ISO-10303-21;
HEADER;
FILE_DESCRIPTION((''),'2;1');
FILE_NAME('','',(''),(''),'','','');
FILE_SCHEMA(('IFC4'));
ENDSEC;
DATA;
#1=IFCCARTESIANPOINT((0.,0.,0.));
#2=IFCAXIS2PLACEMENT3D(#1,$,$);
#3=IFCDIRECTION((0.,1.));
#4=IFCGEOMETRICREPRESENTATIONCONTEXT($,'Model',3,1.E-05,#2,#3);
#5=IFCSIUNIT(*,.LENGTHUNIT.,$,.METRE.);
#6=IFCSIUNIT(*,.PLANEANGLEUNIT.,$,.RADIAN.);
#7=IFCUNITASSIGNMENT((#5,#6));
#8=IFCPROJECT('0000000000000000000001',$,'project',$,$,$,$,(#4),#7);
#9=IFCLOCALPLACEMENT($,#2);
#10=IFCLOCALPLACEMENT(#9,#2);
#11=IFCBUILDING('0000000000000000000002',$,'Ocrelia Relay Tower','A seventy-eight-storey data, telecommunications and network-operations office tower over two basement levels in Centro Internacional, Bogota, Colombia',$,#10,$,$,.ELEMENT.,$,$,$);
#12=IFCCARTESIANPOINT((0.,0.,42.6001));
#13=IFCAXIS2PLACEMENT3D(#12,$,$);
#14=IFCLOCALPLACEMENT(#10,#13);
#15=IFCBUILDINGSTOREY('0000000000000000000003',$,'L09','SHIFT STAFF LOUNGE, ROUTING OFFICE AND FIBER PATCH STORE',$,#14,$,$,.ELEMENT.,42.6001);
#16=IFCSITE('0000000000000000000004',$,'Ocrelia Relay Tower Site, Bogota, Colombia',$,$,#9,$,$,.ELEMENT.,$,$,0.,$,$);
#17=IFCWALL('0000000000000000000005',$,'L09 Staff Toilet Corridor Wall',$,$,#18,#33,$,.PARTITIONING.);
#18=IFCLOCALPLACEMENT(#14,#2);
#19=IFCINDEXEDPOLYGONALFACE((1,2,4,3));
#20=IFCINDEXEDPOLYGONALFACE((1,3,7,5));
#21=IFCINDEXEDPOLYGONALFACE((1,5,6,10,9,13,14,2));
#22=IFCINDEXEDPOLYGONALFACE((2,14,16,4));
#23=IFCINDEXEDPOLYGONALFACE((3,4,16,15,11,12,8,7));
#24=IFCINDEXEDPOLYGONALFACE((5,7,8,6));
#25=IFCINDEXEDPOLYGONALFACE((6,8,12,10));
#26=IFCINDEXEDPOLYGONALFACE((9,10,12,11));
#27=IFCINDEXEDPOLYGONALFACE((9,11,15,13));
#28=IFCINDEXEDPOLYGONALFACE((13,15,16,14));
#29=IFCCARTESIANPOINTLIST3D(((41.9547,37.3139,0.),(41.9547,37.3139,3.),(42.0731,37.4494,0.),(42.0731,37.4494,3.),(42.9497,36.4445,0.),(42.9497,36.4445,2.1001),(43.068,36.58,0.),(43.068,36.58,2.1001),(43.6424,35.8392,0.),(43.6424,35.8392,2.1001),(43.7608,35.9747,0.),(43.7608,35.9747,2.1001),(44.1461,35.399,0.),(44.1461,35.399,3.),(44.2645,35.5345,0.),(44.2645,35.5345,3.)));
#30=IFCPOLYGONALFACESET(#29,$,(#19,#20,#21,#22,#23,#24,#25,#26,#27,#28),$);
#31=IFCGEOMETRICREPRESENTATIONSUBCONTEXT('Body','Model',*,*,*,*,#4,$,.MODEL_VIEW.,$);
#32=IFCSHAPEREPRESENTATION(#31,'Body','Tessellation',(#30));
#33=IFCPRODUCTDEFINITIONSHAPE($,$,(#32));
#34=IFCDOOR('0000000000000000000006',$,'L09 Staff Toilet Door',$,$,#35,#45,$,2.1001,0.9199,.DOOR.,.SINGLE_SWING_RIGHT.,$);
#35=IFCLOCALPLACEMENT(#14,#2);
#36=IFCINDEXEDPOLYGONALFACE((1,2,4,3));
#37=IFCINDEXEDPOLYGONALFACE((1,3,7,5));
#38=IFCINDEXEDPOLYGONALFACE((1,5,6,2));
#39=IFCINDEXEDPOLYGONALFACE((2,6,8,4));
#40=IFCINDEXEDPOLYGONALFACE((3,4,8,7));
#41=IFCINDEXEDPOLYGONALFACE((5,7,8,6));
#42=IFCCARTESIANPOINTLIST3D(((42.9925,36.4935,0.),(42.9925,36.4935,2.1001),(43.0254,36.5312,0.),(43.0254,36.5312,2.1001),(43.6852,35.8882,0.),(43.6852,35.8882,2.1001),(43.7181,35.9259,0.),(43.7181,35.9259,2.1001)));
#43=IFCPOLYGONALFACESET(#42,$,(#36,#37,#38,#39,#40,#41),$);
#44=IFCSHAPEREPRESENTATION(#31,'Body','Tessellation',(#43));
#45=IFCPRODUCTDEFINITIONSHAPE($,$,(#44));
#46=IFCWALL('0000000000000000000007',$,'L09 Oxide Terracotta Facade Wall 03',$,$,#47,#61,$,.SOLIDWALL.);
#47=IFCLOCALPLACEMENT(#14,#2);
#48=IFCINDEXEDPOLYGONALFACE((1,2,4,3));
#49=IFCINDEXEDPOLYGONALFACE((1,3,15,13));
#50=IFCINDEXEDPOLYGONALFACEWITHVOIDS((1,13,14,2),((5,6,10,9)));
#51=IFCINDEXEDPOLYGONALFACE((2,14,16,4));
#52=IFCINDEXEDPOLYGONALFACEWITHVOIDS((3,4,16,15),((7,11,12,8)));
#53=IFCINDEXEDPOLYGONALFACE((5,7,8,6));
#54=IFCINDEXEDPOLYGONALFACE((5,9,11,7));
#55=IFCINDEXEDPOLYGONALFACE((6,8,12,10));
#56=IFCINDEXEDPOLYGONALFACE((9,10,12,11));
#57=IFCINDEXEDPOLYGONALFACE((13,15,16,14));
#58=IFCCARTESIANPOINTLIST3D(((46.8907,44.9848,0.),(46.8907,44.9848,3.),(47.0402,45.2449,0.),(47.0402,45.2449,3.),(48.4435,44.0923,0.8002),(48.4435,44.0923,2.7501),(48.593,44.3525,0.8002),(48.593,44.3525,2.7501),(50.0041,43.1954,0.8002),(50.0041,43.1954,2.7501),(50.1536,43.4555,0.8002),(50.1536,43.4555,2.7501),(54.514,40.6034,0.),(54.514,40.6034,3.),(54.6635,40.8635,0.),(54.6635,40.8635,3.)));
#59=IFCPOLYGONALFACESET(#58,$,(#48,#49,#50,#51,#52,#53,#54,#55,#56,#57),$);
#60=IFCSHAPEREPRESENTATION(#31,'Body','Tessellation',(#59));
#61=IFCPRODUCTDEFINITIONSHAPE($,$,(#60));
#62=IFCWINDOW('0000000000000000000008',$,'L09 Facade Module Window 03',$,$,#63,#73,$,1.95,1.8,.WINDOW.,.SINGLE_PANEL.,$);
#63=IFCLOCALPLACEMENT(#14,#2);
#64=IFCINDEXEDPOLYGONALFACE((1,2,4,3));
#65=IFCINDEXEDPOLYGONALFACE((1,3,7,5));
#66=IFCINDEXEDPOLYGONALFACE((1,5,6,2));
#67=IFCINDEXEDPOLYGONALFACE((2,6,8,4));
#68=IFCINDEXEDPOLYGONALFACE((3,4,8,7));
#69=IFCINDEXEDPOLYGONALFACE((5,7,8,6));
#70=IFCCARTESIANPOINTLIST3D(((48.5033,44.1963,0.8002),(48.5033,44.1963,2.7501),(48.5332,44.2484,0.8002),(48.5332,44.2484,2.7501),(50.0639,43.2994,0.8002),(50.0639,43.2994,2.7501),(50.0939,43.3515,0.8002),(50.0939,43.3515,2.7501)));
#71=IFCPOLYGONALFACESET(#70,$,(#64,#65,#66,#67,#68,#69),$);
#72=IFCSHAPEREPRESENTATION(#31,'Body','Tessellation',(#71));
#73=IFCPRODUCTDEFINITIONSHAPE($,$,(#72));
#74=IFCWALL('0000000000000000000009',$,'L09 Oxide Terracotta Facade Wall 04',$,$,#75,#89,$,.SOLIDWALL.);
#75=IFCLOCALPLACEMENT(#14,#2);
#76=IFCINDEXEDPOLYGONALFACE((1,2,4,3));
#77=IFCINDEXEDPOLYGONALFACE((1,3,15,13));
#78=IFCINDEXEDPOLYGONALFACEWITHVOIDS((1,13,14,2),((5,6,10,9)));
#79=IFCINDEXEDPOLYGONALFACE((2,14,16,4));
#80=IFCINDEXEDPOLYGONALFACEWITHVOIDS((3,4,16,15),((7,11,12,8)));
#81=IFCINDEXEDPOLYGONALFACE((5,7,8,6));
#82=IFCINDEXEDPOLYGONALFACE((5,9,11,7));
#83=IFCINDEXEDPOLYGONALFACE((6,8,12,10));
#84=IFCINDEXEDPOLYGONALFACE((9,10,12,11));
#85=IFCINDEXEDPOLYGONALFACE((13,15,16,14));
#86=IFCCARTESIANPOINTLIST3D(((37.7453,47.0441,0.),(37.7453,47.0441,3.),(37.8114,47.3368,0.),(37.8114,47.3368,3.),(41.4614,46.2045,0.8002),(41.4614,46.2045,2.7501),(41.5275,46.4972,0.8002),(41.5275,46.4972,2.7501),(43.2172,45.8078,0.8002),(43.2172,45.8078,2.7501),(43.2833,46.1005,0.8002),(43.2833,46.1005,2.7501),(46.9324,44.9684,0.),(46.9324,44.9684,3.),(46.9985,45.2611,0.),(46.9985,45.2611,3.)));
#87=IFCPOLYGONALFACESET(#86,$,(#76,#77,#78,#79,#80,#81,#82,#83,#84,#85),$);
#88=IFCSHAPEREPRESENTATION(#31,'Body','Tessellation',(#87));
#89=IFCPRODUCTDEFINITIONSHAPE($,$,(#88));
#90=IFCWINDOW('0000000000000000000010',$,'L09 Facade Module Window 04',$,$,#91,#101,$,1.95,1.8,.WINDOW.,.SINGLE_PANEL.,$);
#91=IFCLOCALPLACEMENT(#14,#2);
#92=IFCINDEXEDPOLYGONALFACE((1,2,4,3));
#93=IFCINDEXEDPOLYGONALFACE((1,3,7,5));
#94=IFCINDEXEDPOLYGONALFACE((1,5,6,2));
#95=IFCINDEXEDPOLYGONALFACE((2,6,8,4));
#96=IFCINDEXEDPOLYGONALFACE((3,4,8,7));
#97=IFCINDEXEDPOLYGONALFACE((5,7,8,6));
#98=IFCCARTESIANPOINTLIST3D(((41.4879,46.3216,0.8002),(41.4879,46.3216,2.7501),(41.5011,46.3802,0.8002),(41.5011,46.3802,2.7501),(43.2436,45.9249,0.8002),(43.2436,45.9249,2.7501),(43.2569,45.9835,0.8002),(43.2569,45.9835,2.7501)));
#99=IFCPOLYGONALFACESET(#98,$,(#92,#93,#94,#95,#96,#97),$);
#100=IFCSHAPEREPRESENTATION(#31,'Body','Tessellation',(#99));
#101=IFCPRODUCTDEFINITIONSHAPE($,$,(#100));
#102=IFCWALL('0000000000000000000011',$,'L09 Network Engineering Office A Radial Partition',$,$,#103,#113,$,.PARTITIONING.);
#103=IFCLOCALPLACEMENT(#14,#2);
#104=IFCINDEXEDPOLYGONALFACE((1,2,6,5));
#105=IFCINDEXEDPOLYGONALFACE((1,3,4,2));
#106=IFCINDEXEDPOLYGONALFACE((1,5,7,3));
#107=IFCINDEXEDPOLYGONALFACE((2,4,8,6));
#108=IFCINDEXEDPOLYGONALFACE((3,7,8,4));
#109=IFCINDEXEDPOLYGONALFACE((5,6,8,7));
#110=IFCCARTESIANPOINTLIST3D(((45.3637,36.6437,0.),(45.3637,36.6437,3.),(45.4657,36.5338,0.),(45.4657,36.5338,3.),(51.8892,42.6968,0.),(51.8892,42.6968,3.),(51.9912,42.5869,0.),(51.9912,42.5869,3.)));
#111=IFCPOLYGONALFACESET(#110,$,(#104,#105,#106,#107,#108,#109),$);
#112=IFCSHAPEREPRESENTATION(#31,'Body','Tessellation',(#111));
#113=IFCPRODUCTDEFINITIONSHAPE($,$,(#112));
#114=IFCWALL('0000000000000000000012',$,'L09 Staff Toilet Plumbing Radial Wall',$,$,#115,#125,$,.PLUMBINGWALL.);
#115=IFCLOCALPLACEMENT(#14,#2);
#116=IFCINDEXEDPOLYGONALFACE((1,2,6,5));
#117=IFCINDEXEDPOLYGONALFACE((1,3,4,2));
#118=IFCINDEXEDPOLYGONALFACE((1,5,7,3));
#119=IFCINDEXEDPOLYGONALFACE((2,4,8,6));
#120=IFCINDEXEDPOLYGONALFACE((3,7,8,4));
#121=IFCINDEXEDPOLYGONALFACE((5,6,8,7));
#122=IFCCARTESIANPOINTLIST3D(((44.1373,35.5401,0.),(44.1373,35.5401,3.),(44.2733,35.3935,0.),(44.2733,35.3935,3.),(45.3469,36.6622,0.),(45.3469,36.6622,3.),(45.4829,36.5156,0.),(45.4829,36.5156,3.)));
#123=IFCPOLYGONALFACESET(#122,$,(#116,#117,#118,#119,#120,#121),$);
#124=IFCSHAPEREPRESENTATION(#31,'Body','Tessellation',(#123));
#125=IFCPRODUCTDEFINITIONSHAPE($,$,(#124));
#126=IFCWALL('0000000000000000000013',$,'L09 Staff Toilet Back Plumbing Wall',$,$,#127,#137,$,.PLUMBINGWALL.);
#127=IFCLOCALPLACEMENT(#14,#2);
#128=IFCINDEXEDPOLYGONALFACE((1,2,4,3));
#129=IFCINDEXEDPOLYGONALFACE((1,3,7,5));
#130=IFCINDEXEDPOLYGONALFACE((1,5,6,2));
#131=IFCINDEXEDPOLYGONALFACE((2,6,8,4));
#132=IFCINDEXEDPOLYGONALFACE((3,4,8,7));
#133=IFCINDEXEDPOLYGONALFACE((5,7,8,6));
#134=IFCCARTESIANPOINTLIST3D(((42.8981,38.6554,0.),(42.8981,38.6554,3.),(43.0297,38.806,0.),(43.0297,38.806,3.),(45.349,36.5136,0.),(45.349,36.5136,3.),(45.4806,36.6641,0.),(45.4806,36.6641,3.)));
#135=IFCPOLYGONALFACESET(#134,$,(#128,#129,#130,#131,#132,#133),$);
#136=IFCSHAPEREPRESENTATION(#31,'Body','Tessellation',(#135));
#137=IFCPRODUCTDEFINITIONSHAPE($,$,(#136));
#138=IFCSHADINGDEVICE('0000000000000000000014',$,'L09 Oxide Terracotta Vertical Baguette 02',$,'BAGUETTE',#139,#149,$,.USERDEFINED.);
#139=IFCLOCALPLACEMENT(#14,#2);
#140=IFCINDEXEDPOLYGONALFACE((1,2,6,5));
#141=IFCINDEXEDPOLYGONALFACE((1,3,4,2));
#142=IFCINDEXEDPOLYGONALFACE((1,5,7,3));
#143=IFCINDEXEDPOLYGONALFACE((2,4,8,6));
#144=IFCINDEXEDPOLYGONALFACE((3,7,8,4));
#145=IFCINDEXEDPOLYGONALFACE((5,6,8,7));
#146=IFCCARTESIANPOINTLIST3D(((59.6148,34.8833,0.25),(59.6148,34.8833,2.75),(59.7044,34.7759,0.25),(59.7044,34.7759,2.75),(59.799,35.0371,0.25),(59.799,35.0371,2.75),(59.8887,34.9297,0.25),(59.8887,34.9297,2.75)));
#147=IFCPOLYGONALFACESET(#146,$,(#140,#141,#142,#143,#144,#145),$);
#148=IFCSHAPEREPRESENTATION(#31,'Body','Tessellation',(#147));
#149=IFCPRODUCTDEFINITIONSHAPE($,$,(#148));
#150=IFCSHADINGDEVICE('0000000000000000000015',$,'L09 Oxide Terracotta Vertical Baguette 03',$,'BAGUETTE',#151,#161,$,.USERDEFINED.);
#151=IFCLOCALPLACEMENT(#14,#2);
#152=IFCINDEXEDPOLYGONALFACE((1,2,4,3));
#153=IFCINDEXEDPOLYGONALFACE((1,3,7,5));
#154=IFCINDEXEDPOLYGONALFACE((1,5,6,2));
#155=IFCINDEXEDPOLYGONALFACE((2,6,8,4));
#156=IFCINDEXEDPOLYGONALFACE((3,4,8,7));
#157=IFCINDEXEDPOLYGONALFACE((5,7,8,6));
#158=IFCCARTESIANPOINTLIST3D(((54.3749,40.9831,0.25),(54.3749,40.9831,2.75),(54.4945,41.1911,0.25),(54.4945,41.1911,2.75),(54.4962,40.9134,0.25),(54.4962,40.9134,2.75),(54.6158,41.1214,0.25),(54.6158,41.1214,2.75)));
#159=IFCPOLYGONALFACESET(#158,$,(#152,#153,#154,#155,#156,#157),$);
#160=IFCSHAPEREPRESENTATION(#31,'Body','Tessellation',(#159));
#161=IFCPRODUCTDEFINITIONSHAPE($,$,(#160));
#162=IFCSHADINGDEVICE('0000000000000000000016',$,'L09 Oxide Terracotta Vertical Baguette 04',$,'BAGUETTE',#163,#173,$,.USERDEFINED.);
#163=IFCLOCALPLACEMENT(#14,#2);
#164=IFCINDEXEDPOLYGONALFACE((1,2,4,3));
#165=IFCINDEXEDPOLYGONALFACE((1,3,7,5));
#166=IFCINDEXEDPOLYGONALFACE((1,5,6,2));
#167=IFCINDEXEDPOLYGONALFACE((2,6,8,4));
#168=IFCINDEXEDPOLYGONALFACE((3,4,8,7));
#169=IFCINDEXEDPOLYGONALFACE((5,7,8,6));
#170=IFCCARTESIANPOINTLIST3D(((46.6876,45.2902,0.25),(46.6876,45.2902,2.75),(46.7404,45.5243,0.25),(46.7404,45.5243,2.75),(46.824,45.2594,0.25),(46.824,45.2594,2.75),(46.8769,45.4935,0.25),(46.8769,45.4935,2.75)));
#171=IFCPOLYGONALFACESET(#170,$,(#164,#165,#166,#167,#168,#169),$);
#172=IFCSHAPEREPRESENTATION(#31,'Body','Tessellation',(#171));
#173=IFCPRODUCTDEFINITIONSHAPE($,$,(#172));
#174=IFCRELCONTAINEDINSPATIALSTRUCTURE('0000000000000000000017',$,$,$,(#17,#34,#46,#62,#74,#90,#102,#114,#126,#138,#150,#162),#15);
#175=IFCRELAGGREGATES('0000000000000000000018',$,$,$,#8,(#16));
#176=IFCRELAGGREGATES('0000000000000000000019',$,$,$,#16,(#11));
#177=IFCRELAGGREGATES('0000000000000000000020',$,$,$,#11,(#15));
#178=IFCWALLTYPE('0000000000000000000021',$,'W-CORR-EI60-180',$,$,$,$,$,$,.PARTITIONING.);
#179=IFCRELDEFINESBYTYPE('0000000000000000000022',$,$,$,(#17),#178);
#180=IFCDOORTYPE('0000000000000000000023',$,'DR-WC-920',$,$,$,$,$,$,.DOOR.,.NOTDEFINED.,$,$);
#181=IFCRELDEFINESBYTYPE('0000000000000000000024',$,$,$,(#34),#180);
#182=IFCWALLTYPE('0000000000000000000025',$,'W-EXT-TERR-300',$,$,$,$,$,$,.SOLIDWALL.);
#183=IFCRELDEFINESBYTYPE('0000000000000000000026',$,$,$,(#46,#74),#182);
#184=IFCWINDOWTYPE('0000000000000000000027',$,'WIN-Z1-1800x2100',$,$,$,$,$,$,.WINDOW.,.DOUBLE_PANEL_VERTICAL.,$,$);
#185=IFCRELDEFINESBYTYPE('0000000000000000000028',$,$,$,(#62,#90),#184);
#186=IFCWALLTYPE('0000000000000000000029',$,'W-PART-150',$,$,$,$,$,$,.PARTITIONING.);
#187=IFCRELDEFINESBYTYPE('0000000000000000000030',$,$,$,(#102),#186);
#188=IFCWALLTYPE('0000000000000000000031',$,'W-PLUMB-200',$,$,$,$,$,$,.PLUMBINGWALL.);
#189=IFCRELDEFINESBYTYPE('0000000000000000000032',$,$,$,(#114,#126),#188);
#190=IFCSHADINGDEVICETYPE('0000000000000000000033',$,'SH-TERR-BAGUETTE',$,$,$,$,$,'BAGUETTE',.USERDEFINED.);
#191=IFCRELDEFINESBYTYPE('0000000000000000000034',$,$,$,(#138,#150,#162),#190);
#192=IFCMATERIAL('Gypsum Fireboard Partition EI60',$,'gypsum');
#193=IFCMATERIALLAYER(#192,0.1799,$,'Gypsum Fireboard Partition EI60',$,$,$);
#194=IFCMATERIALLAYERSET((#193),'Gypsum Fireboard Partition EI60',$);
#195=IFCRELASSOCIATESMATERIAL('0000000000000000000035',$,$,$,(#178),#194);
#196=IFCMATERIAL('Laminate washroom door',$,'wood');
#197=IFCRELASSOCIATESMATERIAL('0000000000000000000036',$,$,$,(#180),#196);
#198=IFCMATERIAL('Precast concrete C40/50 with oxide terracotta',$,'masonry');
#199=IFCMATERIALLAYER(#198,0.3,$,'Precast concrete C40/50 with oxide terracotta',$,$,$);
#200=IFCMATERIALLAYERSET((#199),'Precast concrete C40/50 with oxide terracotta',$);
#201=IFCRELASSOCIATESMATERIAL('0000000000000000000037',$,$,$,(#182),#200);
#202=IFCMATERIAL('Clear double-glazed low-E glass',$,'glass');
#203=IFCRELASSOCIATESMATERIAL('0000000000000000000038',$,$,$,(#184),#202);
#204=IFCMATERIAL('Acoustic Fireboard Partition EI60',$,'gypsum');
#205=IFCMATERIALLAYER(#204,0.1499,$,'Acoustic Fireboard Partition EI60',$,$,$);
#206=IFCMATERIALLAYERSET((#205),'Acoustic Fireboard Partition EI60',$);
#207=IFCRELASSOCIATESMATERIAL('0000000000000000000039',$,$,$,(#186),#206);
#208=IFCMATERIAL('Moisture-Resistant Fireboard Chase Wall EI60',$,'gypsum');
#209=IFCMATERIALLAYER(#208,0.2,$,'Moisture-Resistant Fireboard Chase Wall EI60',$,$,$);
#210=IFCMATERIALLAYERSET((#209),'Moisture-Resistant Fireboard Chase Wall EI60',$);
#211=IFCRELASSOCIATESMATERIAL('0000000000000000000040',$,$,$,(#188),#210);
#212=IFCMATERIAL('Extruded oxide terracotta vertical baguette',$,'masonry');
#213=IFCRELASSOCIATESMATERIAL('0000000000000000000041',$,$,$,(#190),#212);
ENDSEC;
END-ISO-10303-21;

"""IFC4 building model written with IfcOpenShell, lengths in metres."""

from ifc_helpers import new_model, si_unit, direction, frame, frame_2d, origin, origin_2d, place, context, subcontext, project, spatial, rectangle, extrude, material, layer, layer_set, type_object, element, fill, save


model = new_model("IFC4")

# Units and contexts
model_context = context("Model", 3, precision=1e-05, world=origin(), true_north=direction((0.0, 1.0)))
body_context = subcontext(model_context, "Body", "Model", "MODEL_VIEW")
ifc_project = project(units=[si_unit("LENGTHUNIT", "METRE"), si_unit("PLANEANGLEUNIT", "RADIAN")], contexts=[model_context])

# Site, building, storey
site_placement = place(None, origin())
site = spatial("IfcSite", under=ifc_project, at=site_placement, Name="Ocrelia Relay Tower Site, Bogota, Colombia", CompositionType="ELEMENT", RefElevation=0.0)
building_placement = place(site_placement, origin())
building = spatial("IfcBuilding", under=site, at=building_placement, Name="Ocrelia Relay Tower", Description="A seventy-eight-storey data, telecommunications and network-operations office tower over two basement levels in Centro Internacional, Bogota, Colombia", CompositionType="ELEMENT")
storey_placement = place(building_placement, frame((0.0, 0.0, 42.6001)))
storey = spatial("IfcBuildingStorey", under=building, at=storey_placement, Name="L09", Description="SHIFT STAFF LOUNGE, ROUTING OFFICE AND FIBER PATCH STORE", CompositionType="ELEMENT", Elevation=42.6001)

# Wall, opening, door
ifc_material_1 = material(Name="Gypsum Fireboard Partition EI60", Category="gypsum")
ifc_layer_1 = layer(ifc_material_1, 0.1799, Name="Gypsum Fireboard Partition EI60")
ifc_layer_set_1 = layer_set([ifc_layer_1], Name="Gypsum Fireboard Partition EI60")
wall_type_1 = type_object("IfcWallType", Name="W-CORR-EI60-180", PredefinedType="PARTITIONING", material=ifc_layer_set_1)
wall_1_placement = place(storey_placement, frame((44.2053, 35.4668, 0.0), z_axis=(0.0, 0.0, 1.0), x_axis=(-0.753034, 0.657982, 0.0)))
wall_1 = element("IfcWall", 1, at=wall_1_placement, inside=storey, type_object=wall_type_1, Name="L09 Staff Toilet Corridor Wall", PredefinedType="PARTITIONING", context=body_context, shape_type="SweptSolid", body=[
    extrude(rectangle(XDim=2.9102, YDim=0.1799, at=frame_2d((1.4551, 0.0))), origin(), (0.0, 0.0, 1.0), 3.0),
])
opening_1_placement = place(wall_1_placement, frame((0.6689, 0.0, 0.0)))
opening_1 = element("IfcOpeningElement", 2, at=opening_1_placement, cuts=wall_1, PredefinedType="OPENING", context=body_context, shape_type="SweptSolid", body=[
    extrude(rectangle(XDim=0.9199, YDim=2.1001, at=frame_2d((0.46, 1.05))), frame((0.0, 0.1001, 0.0), z_axis=(0.0, -1.0, 0.0), x_axis=(1.0, 0.0, 0.0)), (0.0, 0.0, 1.0), 0.2),
])
ifc_material_2 = material(Name="Laminate washroom door", Category="wood")
door_type = type_object("IfcDoorType", Name="DR-WC-920", OperationType="NOTDEFINED", PredefinedType="DOOR", material=ifc_material_2)
door_placement = place(opening_1_placement, origin())
door = element("IfcDoor", 3, at=door_placement, inside=storey, type_object=door_type, Name="L09 Staff Toilet Door", OperationType="SINGLE_SWING_RIGHT", OverallHeight=2.1001, OverallWidth=0.9199, PredefinedType="DOOR", context=body_context, shape_type="SweptSolid", body=[
    extrude(rectangle(XDim=0.9199, YDim=2.1001, at=frame_2d((0.46, 1.05))), frame((0.0, 0.0249, 0.0), z_axis=(0.0, -1.0, 0.0), x_axis=(1.0, 0.0, 0.0)), (0.0, 0.0, 1.0), 0.05),
])
fill(opening_1, door)

# Walls, openings, windows
ifc_material_3 = material(Name="Precast concrete C40/50 with oxide terracotta", Category="masonry")
ifc_layer_2 = layer(ifc_material_3, 0.3, Name="Precast concrete C40/50 with oxide terracotta")
ifc_layer_set_2 = layer_set([ifc_layer_2], Name="Precast concrete C40/50 with oxide terracotta")
wall_type_2 = type_object("IfcWallType", Name="W-EXT-TERR-300", PredefinedType="SOLIDWALL", material=ifc_layer_set_2)
wall_2_placement = place(storey_placement, frame((54.5889, 40.7334, 0.0), z_axis=(0.0, 0.0, 1.0), x_axis=(-0.867007, 0.498296, 0.0)))
wall_2 = element("IfcWall", 4, at=wall_2_placement, inside=storey, type_object=wall_type_2, Name="L09 Oxide Terracotta Facade Wall 03", PredefinedType="SOLIDWALL", context=body_context, shape_type="SweptSolid", body=[
    extrude(rectangle(XDim=8.7927, YDim=0.3, at=frame_2d((4.3965, 0.0))), origin(), (0.0, 0.0, 1.0), 3.0),
])
opening_2_placement = place(wall_2_placement, frame((5.2019, 0.0, 0.8)))
opening_2 = element("IfcOpeningElement", 5, at=opening_2_placement, cuts=wall_2, PredefinedType="OPENING", context=body_context, shape_type="SweptSolid", body=[
    extrude(rectangle(XDim=1.8, YDim=1.95, at=frame_2d((0.8999, 0.9751))), frame((0.0, 0.1602, 0.0), z_axis=(0.0, -1.0, 0.0), x_axis=(1.0, 0.0, 0.0)), (0.0, 0.0, 1.0), 0.3201),
])
ifc_material_4 = material(Name="Clear double-glazed low-E glass", Category="glass")
window_type = type_object("IfcWindowType", Name="WIN-Z1-1800x2100", PartitioningType="DOUBLE_PANEL_VERTICAL", PredefinedType="WINDOW", material=ifc_material_4)
window_1_placement = place(opening_2_placement, origin())
window_1 = element("IfcWindow", 6, at=window_1_placement, inside=storey, type_object=window_type, Name="L09 Facade Module Window 03", OverallHeight=1.95, OverallWidth=1.8, PartitioningType="SINGLE_PANEL", PredefinedType="WINDOW", context=body_context, shape_type="SweptSolid", body=[
    extrude(rectangle(XDim=1.8, YDim=1.95, at=frame_2d((0.8999, 0.9751))), frame((0.0, 0.03, 0.0), z_axis=(0.0, -1.0, 0.0), x_axis=(1.0, 0.0, 0.0)), (0.0, 0.0, 1.0), 0.0601),
])
fill(opening_2, window_1)
wall_3_placement = place(storey_placement, frame((46.9656, 45.1147, 0.0), z_axis=(0.0, 0.0, 1.0), x_axis=(-0.975414, 0.220382, 0.0)))
wall_3 = element("IfcWall", 7, at=wall_3_placement, inside=storey, type_object=wall_type_2, Name="L09 Oxide Terracotta Facade Wall 04", PredefinedType="SOLIDWALL", context=body_context, shape_type="SweptSolid", body=[
    extrude(rectangle(XDim=9.4187, YDim=0.3, at=frame_2d((4.7095, 0.0))), origin(), (0.0, 0.0, 1.0), 3.0),
])
opening_3_placement = place(wall_3_placement, frame((3.8091, 0.0, 0.8)))
opening_3 = element("IfcOpeningElement", 8, at=opening_3_placement, cuts=wall_3, PredefinedType="OPENING", context=body_context, shape_type="SweptSolid", body=[
    extrude(rectangle(XDim=1.8, YDim=1.95, at=frame_2d((0.8999, 0.9751))), frame((0.0, 0.1602, 0.0), z_axis=(0.0, -1.0, 0.0), x_axis=(1.0, 0.0, 0.0)), (0.0, 0.0, 1.0), 0.3201),
])
window_2_placement = place(opening_3_placement, origin())
window_2 = element("IfcWindow", 9, at=window_2_placement, inside=storey, type_object=window_type, Name="L09 Facade Module Window 04", OverallHeight=1.95, OverallWidth=1.8, PartitioningType="SINGLE_PANEL", PredefinedType="WINDOW", context=body_context, shape_type="SweptSolid", body=[
    extrude(rectangle(XDim=1.8, YDim=1.95, at=frame_2d((0.8999, 0.9751))), frame((0.0, 0.03, 0.0), z_axis=(0.0, -1.0, 0.0), x_axis=(1.0, 0.0, 0.0)), (0.0, 0.0, 1.0), 0.0601),
])
fill(opening_3, window_2)

# Walls
ifc_material_5 = material(Name="Acoustic Fireboard Partition EI60", Category="gypsum")
ifc_layer_3 = layer(ifc_material_5, 0.1499, Name="Acoustic Fireboard Partition EI60")
ifc_layer_set_3 = layer_set([ifc_layer_3], Name="Acoustic Fireboard Partition EI60")
wall_type_3 = type_object("IfcWallType", Name="W-PART-150", PredefinedType="PARTITIONING", material=ifc_layer_set_3)
wall_4_placement = place(storey_placement, frame((45.4148, 36.5889, 0.0), z_axis=(0.0, 0.0, 1.0), x_axis=(0.733147, 0.68007, 0.0)))
element("IfcWall", 10, at=wall_4_placement, inside=storey, type_object=wall_type_3, Name="L09 Network Engineering Office A Radial Partition", PredefinedType="PARTITIONING", context=body_context, shape_type="SweptSolid", body=[
    extrude(rectangle(XDim=8.9006, YDim=0.1499, at=frame_2d((4.4502, 0.0))), origin(), (0.0, 0.0, 1.0), 3.0),
])
ifc_material_6 = material(Name="Moisture-Resistant Fireboard Chase Wall EI60", Category="gypsum")
ifc_layer_4 = layer(ifc_material_6, 0.2, Name="Moisture-Resistant Fireboard Chase Wall EI60")
ifc_layer_set_4 = layer_set([ifc_layer_4], Name="Moisture-Resistant Fireboard Chase Wall EI60")
wall_type_4 = type_object("IfcWallType", Name="W-PLUMB-200", PredefinedType="PLUMBINGWALL", material=ifc_layer_set_4)
wall_5_placement = place(storey_placement, frame((44.2053, 35.4668, 0.0), z_axis=(0.0, 0.0, 1.0), x_axis=(0.733099, 0.680122, 0.0)))
element("IfcWall", 11, at=wall_5_placement, inside=storey, type_object=wall_type_4, Name="L09 Staff Toilet Plumbing Radial Wall", PredefinedType="PLUMBINGWALL", context=body_context, shape_type="SweptSolid", body=[
    extrude(rectangle(XDim=1.6499, YDim=0.2, at=frame_2d((0.825, 0.0))), origin(), (0.0, 0.0, 1.0), 3.0),
])
wall_6_placement = place(storey_placement, frame((45.4148, 36.5889, 0.0), z_axis=(0.0, 0.0, 1.0), x_axis=(-0.75299, 0.658032, 0.0)))
element("IfcWall", 12, at=wall_6_placement, inside=storey, type_object=wall_type_4, Name="L09 Staff Toilet Back Plumbing Wall", PredefinedType="PLUMBINGWALL", context=body_context, shape_type="SweptSolid", body=[
    extrude(rectangle(XDim=3.2549, YDim=0.2, at=frame_2d((1.6274, 0.0))), origin(), (0.0, 0.0, 1.0), 3.0),
])

# Shading devices
ifc_material_7 = material(Name="Extruded oxide terracotta vertical baguette", Category="masonry")
shading_device_type_1 = type_object("IfcShadingDeviceType", Name="SH-TERR-BAGUETTE", ElementType="BAGUETTE", PredefinedType="USERDEFINED", material=ifc_material_7)
for number, where, z_axis, x_axis, name in (
    (13, (59.7517, 34.9065, 0.25), (0.0, 0.0, 1.0), (-0.640773, 0.767731, 0.0), "L09 Oxide Terracotta Vertical Baguette 02"),
    (14, (54.4954, 41.0522, 0.25), (0.0, 0.0, 1.0), (-0.867004, 0.4983, 0.0), "L09 Oxide Terracotta Vertical Baguette 03"),
    (15, (46.7822, 45.3918, 0.25), (0.0, 0.0, 1.0), (-0.975411, 0.220392, 0.0), "L09 Oxide Terracotta Vertical Baguette 04"),
):
    element("IfcShadingDevice", number, at=place(storey_placement, frame(where, z_axis=z_axis, x_axis=x_axis)), inside=storey, type_object=shading_device_type_1, Name=name, ObjectType="BAGUETTE", PredefinedType="USERDEFINED", context=body_context, shape_type="SweptSolid", body=[
        extrude(rectangle(XDim=0.1399, YDim=0.24, at=origin_2d()), origin(), (0.0, 0.0, 1.0), 2.5),
    ])

save(model, "model.ifc")
